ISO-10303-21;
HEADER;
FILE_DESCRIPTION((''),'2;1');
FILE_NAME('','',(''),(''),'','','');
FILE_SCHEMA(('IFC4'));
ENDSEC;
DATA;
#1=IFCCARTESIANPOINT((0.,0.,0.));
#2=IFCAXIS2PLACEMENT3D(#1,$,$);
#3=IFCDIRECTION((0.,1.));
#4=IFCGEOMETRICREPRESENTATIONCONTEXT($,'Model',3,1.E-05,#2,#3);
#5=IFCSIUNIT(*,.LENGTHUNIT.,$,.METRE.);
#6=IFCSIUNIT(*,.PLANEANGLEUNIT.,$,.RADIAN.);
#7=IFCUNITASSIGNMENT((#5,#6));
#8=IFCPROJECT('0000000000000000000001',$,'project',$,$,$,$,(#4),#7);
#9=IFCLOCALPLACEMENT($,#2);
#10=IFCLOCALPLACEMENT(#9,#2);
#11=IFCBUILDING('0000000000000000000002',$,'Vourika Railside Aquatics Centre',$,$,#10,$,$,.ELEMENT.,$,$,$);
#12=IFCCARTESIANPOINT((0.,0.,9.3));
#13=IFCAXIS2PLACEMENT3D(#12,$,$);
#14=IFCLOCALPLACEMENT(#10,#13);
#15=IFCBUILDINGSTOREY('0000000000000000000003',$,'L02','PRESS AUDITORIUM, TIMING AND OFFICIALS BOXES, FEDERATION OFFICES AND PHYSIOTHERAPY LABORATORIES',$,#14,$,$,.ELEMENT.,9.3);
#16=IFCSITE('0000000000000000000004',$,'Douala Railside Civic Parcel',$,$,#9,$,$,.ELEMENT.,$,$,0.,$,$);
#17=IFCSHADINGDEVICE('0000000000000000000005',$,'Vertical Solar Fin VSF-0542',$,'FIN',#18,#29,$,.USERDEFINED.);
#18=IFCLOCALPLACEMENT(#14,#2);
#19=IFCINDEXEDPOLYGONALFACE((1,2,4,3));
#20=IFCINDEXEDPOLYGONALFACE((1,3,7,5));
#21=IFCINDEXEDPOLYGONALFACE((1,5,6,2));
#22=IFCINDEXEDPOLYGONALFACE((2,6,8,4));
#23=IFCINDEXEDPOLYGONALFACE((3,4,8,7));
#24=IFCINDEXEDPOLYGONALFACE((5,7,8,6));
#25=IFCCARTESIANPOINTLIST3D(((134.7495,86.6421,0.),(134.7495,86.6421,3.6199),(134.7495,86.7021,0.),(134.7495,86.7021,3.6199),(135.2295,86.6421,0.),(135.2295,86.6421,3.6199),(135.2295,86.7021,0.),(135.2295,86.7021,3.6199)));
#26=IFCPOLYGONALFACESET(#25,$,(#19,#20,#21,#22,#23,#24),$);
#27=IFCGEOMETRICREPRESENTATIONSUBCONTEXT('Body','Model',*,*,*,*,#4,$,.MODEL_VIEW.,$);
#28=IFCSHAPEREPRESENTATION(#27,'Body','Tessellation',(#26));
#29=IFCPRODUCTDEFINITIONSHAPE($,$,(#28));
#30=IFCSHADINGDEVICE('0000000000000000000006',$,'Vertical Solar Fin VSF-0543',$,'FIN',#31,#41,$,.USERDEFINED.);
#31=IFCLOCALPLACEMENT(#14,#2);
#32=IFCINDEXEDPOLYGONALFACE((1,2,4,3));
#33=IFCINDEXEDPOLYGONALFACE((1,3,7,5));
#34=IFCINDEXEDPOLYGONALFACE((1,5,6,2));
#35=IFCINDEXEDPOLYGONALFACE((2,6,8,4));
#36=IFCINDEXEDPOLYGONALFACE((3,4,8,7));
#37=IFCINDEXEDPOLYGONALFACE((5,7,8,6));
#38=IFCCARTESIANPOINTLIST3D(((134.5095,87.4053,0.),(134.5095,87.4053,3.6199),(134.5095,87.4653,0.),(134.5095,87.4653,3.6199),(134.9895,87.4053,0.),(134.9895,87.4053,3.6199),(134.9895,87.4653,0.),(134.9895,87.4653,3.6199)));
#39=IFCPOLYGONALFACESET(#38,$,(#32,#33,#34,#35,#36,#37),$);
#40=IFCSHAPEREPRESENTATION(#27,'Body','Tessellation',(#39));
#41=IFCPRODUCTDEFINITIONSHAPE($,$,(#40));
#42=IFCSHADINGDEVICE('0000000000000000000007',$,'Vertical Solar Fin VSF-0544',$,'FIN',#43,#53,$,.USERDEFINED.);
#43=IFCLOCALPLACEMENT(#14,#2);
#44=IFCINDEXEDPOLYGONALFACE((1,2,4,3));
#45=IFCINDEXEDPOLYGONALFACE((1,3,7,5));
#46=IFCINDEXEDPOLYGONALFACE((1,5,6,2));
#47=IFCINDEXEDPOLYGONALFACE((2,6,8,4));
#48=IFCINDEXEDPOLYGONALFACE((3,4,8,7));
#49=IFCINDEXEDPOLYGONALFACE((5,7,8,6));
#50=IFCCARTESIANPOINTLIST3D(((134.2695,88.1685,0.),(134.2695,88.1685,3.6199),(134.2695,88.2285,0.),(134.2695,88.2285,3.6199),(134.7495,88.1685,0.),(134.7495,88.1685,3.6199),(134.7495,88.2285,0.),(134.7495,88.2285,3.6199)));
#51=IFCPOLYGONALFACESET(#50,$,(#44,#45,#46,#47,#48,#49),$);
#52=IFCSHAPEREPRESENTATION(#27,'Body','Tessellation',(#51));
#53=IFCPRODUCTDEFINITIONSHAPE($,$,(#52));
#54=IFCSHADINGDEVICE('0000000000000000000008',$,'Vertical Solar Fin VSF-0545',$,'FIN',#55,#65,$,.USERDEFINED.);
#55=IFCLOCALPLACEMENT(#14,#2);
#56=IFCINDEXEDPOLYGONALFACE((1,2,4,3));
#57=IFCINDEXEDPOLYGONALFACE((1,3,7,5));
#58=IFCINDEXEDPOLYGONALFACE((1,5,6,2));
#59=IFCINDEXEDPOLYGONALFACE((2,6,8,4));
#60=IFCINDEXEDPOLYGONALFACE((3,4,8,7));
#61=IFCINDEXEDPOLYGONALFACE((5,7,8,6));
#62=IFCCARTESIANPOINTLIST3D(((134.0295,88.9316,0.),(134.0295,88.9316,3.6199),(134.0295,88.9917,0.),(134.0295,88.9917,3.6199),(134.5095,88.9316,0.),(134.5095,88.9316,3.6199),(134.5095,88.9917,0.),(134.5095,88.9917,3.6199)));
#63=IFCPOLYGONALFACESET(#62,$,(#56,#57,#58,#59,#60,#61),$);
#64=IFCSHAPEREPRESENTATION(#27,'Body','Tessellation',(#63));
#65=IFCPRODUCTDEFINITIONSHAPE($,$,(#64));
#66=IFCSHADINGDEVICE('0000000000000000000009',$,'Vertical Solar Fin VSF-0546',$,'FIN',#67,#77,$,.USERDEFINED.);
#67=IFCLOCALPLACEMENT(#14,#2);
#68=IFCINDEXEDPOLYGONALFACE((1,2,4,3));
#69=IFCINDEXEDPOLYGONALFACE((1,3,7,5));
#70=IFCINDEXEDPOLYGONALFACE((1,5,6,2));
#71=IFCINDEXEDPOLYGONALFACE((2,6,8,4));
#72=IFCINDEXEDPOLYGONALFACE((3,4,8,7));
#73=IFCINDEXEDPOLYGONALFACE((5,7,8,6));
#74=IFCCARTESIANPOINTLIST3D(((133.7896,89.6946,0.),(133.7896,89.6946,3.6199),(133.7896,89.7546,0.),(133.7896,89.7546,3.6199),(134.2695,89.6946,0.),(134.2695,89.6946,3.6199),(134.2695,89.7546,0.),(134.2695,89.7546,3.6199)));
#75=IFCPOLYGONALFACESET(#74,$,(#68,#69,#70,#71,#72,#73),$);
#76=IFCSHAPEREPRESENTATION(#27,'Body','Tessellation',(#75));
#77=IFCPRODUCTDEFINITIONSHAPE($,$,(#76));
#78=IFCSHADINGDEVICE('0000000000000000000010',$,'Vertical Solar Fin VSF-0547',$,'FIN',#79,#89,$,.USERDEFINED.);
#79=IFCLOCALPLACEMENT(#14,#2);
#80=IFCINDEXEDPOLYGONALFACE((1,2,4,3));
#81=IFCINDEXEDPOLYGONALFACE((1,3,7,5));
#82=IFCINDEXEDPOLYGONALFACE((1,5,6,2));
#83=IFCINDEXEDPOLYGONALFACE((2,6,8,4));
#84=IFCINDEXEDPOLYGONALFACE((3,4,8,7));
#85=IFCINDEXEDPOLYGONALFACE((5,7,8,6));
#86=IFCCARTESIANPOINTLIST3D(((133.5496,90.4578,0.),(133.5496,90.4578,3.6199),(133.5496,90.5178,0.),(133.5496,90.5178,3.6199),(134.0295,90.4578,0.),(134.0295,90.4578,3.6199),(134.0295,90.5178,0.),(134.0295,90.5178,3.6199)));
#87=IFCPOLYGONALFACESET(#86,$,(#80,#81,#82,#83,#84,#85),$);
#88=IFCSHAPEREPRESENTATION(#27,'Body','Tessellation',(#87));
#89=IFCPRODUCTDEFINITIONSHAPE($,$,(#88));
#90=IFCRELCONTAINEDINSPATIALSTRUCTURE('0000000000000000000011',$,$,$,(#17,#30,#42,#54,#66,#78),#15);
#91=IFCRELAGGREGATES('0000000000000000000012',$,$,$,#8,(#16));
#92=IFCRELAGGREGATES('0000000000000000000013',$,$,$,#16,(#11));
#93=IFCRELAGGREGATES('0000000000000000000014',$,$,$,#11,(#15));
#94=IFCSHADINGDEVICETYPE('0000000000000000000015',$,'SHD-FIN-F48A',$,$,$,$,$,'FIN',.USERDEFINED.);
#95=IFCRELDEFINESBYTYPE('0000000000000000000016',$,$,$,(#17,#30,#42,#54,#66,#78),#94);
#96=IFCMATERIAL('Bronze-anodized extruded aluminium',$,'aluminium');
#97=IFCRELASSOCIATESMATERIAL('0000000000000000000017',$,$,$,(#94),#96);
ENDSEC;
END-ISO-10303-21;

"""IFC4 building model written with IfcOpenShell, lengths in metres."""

from ifc_helpers import new_model, si_unit, direction, frame, origin, origin_2d, place, context, subcontext, project, spatial, rectangle, extrude, material, material_profile, profile_set, type_object, element, save


model = new_model("IFC4")

# Units and contexts
model_context = context("Model", 3, precision=1e-05, world=origin(), true_north=direction((0.0, 1.0)))
body_context = subcontext(model_context, "Body", "Model", "MODEL_VIEW")
ifc_project = project(units=[si_unit("LENGTHUNIT", "METRE"), si_unit("PLANEANGLEUNIT", "RADIAN")], contexts=[model_context])

# Site, building, storey
site_placement = place(None, origin())
site = spatial("IfcSite", under=ifc_project, at=site_placement, Name="Douala Railside Civic Parcel", CompositionType="ELEMENT", RefElevation=0.0)
building_placement = place(site_placement, origin())
building = spatial("IfcBuilding", under=site, at=building_placement, Name="Vourika Railside Aquatics Centre", CompositionType="ELEMENT")
storey_placement = place(building_placement, frame((0.0, 0.0, 9.3)))
storey = spatial("IfcBuildingStorey", under=building, at=storey_placement, Name="L02", Description="PRESS AUDITORIUM, TIMING AND OFFICIALS BOXES, FEDERATION OFFICES AND PHYSIOTHERAPY LABORATORIES", CompositionType="ELEMENT", Elevation=9.3)

# Shading devices
ifc_material_1 = material(Name="Bronze-anodized extruded aluminium", Category="aluminium")
ifc_material_profile_1 = material_profile(ifc_material_1, rectangle(XDim=0.0601, YDim=0.48, at=origin_2d()), Name="ALU-FIN 60x480")
ifc_profile_set_1 = profile_set([ifc_material_profile_1], Name="Bronze-anodized extruded aluminium")
shading_device_type = type_object("IfcShadingDeviceType", Name="SHD-FIN-F48A", ElementType="FIN", PredefinedType="USERDEFINED", material=ifc_profile_set_1)
for number, where, z_axis, x_axis, name in (
    (1, (134.9895, 86.6721, 0.0), (0.0, 0.0, 1.0), (0.0, 1.0, 0.0), "Vertical Solar Fin VSF-0542"),
    (2, (134.7495, 87.4353, 0.0), (0.0, 0.0, 1.0), (0.0, 1.0, 0.0), "Vertical Solar Fin VSF-0543"),
    (3, (134.5095, 88.1985, 0.0), (0.0, 0.0, 1.0), (0.0, 1.0, 0.0), "Vertical Solar Fin VSF-0544"),
    (4, (134.2695, 88.9617, 0.0), (0.0, 0.0, 1.0), (0.0, 1.0, 0.0), "Vertical Solar Fin VSF-0545"),
    (5, (134.0295, 89.7246, 0.0), (0.0, 0.0, 1.0), (0.0, 1.0, 0.0), "Vertical Solar Fin VSF-0546"),
    (6, (133.7896, 90.4878, 0.0), (0.0, 0.0, 1.0), (0.0, 1.0, 0.0), "Vertical Solar Fin VSF-0547"),
):
    element("IfcShadingDevice", number, at=place(storey_placement, frame(where, z_axis=z_axis, x_axis=x_axis)), inside=storey, type_object=shading_device_type, Name=name, ObjectType="FIN", PredefinedType="USERDEFINED", context=body_context, shape_type="SweptSolid", body=[
        extrude(rectangle(XDim=0.0601, YDim=0.48, at=origin_2d()), origin(), (0.0, 0.0, 1.0), 3.6199),
    ])

save(model, "model.ifc")
